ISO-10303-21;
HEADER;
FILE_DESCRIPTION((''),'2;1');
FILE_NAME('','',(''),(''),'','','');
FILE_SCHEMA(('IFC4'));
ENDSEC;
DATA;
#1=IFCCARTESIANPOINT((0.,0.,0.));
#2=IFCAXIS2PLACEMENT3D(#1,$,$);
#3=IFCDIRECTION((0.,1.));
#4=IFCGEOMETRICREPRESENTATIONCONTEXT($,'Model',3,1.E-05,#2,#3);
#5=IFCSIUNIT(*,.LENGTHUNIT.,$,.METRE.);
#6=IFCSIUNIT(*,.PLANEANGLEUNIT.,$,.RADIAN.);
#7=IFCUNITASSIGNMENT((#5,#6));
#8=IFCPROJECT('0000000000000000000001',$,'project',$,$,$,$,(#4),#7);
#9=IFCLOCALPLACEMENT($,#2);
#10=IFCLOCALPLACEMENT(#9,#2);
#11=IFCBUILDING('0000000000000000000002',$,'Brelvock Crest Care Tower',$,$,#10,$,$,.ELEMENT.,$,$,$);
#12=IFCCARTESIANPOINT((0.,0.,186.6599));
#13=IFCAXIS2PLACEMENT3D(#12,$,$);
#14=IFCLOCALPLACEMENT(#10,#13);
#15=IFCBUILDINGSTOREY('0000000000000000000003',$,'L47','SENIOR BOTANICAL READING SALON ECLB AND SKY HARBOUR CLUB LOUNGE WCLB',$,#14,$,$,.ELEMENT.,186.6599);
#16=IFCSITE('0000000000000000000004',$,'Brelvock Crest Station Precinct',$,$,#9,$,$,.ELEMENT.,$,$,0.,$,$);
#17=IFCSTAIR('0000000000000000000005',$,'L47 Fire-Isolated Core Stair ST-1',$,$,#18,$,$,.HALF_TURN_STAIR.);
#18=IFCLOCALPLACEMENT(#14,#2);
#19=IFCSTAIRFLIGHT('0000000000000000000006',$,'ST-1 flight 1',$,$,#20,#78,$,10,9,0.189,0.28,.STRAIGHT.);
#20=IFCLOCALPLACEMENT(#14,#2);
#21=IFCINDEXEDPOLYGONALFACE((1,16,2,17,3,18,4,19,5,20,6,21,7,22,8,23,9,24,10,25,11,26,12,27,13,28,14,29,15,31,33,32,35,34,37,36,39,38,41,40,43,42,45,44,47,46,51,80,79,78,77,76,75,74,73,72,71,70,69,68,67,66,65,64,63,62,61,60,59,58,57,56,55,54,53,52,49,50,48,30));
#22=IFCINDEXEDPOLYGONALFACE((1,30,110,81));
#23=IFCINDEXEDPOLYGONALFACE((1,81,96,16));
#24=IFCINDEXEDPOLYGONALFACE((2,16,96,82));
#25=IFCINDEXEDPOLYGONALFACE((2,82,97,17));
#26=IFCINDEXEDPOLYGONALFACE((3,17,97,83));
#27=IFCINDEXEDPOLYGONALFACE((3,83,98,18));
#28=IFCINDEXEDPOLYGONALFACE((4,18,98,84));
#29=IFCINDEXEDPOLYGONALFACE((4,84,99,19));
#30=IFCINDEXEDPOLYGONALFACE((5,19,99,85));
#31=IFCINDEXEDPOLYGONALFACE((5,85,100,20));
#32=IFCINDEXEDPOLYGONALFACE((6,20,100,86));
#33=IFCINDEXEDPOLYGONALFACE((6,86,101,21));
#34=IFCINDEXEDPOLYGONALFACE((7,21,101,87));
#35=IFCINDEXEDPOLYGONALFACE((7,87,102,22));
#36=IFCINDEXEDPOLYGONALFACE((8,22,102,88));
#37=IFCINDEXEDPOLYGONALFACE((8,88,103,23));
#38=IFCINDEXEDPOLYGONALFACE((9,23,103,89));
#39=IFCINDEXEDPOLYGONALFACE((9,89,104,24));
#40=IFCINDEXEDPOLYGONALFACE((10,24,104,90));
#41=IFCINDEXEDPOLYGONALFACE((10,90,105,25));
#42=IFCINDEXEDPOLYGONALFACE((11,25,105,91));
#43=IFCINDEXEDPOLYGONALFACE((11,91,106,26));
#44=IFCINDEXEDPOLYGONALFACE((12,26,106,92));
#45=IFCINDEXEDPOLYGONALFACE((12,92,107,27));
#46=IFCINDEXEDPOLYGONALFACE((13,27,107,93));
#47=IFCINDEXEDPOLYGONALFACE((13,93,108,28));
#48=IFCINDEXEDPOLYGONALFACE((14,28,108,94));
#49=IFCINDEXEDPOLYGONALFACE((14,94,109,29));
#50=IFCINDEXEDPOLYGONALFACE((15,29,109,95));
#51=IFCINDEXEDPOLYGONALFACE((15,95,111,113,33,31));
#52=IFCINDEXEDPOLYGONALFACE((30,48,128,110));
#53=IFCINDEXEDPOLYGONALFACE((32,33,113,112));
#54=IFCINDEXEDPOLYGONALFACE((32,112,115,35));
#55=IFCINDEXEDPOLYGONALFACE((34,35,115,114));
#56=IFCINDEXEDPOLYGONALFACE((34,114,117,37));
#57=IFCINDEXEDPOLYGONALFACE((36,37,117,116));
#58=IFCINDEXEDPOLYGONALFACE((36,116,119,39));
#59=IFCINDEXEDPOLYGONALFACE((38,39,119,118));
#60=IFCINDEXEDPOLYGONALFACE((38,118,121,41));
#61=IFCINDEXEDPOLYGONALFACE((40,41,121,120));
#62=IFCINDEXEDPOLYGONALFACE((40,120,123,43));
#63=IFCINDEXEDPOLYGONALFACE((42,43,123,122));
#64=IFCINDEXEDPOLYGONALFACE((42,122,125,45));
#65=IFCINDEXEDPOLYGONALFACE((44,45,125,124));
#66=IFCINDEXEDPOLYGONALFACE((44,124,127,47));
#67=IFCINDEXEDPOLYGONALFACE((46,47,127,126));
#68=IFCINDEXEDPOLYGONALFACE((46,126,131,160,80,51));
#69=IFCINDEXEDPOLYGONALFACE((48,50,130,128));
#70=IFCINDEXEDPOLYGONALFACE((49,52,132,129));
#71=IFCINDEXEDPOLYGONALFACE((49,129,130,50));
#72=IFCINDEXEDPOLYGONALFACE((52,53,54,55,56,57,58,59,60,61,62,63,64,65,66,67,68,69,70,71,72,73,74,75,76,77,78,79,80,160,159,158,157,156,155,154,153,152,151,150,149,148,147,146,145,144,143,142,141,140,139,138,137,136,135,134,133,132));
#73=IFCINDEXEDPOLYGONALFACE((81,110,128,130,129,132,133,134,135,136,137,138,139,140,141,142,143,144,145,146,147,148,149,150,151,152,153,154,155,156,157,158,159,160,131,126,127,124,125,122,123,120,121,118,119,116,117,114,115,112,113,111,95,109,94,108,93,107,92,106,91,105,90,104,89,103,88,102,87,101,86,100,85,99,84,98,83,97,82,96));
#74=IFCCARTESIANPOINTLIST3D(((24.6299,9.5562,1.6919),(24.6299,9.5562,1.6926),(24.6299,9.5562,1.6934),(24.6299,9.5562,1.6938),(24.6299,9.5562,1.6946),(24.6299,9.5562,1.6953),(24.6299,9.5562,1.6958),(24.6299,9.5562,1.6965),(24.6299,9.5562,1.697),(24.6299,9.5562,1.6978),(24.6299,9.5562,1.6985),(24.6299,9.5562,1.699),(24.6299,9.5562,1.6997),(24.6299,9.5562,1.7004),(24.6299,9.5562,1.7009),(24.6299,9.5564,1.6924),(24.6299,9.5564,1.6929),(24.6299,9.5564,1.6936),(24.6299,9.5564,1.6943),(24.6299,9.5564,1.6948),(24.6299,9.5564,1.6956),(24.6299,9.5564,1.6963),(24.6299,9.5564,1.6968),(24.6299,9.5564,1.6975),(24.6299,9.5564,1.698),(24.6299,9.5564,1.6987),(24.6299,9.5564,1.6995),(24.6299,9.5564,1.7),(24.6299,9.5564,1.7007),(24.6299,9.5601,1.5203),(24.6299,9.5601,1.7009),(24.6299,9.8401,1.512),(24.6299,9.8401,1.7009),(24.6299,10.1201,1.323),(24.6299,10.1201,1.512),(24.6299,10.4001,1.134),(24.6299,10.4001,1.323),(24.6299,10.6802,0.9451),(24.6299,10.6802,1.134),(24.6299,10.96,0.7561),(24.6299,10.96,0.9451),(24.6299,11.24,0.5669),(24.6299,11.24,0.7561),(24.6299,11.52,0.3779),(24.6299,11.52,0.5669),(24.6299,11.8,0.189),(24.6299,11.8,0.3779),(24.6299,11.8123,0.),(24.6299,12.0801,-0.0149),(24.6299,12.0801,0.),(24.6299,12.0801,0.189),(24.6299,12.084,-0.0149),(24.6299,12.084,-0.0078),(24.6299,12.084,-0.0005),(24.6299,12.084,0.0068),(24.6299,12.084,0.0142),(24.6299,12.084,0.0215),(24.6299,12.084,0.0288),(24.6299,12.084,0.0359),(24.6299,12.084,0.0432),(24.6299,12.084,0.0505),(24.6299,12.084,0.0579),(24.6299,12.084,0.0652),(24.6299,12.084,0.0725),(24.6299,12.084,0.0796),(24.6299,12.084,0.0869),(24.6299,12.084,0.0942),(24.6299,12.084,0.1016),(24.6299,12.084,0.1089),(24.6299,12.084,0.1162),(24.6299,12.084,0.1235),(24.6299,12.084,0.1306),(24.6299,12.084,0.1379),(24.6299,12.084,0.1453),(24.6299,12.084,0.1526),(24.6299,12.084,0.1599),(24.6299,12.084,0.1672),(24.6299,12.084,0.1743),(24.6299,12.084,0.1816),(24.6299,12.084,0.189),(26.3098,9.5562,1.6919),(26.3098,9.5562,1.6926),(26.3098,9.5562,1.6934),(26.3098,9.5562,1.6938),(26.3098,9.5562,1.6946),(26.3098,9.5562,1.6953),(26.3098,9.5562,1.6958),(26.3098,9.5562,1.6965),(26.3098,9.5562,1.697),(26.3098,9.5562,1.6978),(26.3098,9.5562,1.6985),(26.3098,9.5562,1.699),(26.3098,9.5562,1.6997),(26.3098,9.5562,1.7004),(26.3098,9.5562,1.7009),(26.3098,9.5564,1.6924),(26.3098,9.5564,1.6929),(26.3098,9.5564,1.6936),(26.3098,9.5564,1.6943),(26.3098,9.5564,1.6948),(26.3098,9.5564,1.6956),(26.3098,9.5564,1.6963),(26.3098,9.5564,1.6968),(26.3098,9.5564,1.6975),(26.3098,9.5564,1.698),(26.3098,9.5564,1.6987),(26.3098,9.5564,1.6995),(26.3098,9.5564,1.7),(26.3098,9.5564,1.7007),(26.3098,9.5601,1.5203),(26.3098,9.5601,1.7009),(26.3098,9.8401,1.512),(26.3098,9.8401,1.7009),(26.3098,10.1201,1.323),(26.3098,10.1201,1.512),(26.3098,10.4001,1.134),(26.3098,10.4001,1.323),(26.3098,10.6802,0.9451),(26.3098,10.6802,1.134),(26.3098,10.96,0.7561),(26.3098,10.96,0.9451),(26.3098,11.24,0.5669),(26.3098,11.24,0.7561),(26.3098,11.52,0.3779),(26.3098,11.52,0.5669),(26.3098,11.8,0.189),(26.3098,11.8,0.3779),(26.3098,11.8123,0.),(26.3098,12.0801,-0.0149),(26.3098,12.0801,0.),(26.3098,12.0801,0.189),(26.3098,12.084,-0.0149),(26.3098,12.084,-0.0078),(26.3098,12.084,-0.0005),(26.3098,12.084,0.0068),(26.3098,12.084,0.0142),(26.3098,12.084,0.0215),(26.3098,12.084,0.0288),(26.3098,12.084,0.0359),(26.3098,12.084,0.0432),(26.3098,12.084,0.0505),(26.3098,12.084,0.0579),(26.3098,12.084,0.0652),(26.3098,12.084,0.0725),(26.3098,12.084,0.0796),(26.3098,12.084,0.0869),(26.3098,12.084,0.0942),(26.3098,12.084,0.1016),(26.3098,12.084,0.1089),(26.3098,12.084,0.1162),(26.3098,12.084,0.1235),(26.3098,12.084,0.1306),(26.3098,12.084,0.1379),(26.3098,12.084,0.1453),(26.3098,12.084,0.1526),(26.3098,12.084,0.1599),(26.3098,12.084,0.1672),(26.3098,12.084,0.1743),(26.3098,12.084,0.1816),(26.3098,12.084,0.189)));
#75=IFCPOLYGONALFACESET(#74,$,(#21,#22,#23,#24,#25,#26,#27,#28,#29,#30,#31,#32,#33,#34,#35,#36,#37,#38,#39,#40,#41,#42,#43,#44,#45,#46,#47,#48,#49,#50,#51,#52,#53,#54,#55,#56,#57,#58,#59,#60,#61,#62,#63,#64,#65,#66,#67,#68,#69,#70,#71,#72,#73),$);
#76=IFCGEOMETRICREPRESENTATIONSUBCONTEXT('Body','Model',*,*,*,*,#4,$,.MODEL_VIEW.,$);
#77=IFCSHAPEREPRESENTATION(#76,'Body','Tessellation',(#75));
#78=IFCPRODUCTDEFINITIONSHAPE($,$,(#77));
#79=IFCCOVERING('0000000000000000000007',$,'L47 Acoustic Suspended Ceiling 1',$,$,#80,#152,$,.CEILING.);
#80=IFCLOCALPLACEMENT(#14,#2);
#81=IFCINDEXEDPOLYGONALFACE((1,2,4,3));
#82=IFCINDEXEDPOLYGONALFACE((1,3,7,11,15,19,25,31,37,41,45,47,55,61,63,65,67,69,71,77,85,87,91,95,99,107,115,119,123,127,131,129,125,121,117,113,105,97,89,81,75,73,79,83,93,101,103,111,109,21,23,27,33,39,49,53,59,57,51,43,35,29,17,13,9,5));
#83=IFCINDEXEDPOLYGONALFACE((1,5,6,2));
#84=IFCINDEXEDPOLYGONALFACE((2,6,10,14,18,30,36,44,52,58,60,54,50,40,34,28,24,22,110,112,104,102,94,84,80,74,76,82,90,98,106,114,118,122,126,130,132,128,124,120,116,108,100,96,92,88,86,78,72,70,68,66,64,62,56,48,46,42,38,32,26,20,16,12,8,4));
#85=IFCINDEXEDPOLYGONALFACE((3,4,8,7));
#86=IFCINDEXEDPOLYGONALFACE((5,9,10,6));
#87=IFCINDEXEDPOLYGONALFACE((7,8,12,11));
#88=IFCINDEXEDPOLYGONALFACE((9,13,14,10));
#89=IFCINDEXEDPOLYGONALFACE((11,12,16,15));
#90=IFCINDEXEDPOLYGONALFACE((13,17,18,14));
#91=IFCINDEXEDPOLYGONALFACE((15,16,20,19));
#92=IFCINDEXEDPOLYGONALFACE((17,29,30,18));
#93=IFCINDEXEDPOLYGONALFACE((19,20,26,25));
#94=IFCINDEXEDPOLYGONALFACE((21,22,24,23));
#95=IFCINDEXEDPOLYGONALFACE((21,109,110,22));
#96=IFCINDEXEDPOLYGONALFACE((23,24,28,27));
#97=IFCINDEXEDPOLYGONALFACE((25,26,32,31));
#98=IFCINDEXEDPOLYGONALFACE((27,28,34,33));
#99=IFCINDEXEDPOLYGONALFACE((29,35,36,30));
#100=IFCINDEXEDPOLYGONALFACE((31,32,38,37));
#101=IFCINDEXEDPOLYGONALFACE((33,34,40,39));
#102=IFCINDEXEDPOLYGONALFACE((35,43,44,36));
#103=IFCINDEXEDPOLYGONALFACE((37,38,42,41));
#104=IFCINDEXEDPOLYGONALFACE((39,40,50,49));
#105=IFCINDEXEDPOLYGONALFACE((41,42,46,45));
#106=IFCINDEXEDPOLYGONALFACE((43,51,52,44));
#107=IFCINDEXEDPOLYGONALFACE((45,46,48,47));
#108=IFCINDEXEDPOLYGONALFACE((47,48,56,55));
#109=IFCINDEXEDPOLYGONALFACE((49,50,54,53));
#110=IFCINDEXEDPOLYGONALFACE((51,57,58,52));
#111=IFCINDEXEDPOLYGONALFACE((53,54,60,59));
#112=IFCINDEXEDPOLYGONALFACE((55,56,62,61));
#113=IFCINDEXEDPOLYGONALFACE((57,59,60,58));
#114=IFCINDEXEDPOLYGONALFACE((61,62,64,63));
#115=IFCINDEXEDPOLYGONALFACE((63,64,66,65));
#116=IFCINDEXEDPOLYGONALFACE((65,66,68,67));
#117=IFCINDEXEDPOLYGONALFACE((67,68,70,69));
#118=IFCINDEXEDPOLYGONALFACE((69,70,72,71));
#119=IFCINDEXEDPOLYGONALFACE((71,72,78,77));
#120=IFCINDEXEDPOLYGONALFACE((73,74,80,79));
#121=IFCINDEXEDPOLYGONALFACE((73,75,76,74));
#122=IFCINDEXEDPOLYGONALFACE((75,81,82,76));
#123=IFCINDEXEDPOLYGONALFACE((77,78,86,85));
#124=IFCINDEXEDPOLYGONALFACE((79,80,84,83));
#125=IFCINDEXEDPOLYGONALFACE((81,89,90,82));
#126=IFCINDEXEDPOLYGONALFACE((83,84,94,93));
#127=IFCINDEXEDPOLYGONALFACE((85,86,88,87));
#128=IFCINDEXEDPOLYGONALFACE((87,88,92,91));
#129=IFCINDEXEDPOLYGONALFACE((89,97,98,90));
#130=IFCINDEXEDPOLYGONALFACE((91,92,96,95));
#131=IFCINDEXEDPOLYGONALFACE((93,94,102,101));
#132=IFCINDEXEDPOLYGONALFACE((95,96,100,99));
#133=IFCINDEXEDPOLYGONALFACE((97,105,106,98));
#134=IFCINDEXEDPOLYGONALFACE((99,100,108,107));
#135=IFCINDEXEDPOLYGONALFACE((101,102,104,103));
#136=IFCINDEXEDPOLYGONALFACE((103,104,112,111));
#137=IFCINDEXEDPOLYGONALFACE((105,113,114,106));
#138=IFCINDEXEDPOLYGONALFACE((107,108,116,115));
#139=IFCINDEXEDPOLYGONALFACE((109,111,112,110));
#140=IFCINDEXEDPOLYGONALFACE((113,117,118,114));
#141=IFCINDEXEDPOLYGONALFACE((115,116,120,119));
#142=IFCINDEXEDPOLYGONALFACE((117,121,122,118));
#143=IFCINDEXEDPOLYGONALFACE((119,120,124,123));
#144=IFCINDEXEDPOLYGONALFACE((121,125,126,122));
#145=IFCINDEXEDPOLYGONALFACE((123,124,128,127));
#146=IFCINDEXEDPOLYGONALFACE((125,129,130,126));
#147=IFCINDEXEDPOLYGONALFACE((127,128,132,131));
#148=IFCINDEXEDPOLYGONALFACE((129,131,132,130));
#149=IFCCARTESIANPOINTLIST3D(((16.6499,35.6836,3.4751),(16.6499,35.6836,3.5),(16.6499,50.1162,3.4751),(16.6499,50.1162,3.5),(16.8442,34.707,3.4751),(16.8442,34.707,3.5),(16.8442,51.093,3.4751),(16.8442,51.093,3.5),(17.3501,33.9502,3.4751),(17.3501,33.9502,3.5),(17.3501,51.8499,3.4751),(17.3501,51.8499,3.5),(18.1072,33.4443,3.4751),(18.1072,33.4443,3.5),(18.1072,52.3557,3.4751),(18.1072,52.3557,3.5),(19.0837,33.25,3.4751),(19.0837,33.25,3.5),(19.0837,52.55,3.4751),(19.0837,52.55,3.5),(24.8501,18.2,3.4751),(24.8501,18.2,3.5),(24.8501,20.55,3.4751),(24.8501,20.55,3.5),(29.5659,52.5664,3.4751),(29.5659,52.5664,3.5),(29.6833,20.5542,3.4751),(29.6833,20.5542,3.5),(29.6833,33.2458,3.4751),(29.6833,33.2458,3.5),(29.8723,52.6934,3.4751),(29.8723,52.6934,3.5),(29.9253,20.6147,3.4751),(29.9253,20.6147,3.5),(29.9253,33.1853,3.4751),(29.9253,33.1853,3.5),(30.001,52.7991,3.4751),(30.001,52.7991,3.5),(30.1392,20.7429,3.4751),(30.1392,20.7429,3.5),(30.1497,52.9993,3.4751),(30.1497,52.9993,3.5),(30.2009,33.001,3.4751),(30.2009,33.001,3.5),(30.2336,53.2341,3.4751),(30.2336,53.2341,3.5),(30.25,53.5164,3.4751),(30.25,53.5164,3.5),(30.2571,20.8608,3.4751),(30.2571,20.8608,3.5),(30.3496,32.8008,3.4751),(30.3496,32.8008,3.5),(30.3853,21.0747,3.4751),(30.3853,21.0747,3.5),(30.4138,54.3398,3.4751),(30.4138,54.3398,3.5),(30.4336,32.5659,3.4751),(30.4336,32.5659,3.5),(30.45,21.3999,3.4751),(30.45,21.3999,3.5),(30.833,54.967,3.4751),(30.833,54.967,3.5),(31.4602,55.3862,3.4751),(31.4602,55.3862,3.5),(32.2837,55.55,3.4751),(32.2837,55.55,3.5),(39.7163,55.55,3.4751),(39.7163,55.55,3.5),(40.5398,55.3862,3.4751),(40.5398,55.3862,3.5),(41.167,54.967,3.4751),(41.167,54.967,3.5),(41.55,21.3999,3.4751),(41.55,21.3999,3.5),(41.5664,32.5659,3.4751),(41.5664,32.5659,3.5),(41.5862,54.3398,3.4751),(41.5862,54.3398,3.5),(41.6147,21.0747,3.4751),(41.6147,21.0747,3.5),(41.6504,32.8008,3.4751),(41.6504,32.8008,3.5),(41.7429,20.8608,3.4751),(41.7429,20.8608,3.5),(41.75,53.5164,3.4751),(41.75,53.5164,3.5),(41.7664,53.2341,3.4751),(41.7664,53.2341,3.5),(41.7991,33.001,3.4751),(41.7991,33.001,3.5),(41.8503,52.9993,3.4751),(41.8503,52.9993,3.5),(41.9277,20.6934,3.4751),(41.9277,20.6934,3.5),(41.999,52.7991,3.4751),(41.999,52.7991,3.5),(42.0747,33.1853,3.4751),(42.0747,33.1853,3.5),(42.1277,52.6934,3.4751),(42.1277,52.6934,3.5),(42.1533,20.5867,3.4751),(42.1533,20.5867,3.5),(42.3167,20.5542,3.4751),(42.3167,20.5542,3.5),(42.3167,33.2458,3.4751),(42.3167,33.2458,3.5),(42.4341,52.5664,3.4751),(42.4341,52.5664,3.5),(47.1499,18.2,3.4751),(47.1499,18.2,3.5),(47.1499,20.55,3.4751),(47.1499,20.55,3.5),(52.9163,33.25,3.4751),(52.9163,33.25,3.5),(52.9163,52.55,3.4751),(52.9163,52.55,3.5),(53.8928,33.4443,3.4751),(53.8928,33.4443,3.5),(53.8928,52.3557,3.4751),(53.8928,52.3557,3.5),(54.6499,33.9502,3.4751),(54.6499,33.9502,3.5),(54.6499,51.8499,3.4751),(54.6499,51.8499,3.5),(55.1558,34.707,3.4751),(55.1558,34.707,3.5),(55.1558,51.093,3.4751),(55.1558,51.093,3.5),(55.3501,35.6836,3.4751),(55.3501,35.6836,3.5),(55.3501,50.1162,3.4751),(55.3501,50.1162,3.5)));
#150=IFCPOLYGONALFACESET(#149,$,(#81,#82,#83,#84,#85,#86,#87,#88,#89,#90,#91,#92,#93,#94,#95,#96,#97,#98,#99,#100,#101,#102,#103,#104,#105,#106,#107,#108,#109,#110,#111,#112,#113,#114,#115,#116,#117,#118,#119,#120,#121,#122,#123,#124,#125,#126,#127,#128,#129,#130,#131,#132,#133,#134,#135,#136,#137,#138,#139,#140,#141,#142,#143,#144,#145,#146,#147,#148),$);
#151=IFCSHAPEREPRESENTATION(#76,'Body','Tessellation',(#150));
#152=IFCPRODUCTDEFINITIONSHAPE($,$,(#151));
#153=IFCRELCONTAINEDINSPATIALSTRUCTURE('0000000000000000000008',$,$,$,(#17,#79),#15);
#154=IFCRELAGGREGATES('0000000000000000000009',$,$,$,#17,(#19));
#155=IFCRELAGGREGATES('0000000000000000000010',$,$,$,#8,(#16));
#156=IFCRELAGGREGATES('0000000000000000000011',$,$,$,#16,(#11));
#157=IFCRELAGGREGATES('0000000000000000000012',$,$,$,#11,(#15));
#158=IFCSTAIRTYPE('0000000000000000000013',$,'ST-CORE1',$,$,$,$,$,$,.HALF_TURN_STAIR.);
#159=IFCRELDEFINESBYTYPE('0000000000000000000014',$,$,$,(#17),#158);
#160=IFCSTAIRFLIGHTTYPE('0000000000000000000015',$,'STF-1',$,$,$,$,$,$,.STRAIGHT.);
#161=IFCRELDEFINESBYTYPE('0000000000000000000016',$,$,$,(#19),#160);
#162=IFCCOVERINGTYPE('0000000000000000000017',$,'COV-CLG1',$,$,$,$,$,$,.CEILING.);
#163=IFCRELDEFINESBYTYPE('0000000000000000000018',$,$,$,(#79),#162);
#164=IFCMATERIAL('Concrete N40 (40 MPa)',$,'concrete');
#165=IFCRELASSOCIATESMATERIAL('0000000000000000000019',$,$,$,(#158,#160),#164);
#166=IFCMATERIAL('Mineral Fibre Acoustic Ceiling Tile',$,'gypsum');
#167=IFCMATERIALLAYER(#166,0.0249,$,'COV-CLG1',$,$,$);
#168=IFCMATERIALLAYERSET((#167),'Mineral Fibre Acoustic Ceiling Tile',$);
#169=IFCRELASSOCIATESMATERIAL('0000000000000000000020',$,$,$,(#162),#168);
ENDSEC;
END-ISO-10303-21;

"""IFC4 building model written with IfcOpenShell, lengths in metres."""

from ifc_helpers import new_model, si_unit, direction, frame, origin, place, context, subcontext, project, spatial, polyline, outline, extrude, material, layer, layer_set, type_object, element, aggregate, save


model = new_model("IFC4")

# Units and contexts
model_context = context("Model", 3, precision=1e-05, world=origin(), true_north=direction((0.0, 1.0)))
body_context = subcontext(model_context, "Body", "Model", "MODEL_VIEW")
ifc_project = project(units=[si_unit("LENGTHUNIT", "METRE"), si_unit("PLANEANGLEUNIT", "RADIAN")], contexts=[model_context])

# Site, building, storey
site_placement = place(None, origin())
site = spatial("IfcSite", under=ifc_project, at=site_placement, Name="Brelvock Crest Station Precinct", CompositionType="ELEMENT", RefElevation=0.0)
building_placement = place(site_placement, origin())
building = spatial("IfcBuilding", under=site, at=building_placement, Name="Brelvock Crest Care Tower", CompositionType="ELEMENT")
storey_placement = place(building_placement, frame((0.0, 0.0, 186.6599)))
storey = spatial("IfcBuildingStorey", under=building, at=storey_placement, Name="L47", Description="SENIOR BOTANICAL READING SALON ECLB AND SKY HARBOUR CLUB LOUNGE WCLB", CompositionType="ELEMENT", Elevation=186.6599)

# Stair
ifc_material_1 = material(Name="Concrete N40 (40 MPa)", Category="concrete")
stair_type = type_object("IfcStairType", Name="ST-CORE1", PredefinedType="HALF_TURN_STAIR", material=ifc_material_1)
stair_1_placement = place(storey_placement, origin())
stair_1 = element("IfcStair", 1, at=stair_1_placement, inside=storey, type_object=stair_type, Name="L47 Fire-Isolated Core Stair ST-1", PredefinedType="HALF_TURN_STAIR")

# Stair flight
stair_flight_type = type_object("IfcStairFlightType", Name="STF-1", PredefinedType="STRAIGHT", material=ifc_material_1)
stair_flight_placement = place(storey_placement, frame((25.47, 12.0801, 0.0), z_axis=(0.0, 0.0, 1.0), x_axis=(0.0, -1.0, 0.0)))
stair_flight = element("IfcStairFlight", 2, at=stair_flight_placement, type_object=stair_flight_type, Name="ST-1 flight 1", NumberOfRisers=10, NumberOfTreads=9, PredefinedType="STRAIGHT", RiserHeight=0.189, TreadLength=0.28, context=body_context, shape_type="SweptSolid", body=[
    extrude(outline(polyline([(-0.0039, -0.0149), (-0.0039, -0.0078), (-0.0039, -0.0005), (-0.0039, 0.0068), (-0.0039, 0.0142), (-0.0039, 0.0215), (-0.0039, 0.0288), (-0.0039, 0.0359), (-0.0039, 0.0432), (-0.0039, 0.0505), (-0.0039, 0.0579), (-0.0039, 0.0652), (-0.0039, 0.0725), (-0.0039, 0.0796), (-0.0039, 0.0869), (-0.0039, 0.0942), (-0.0039, 0.1016), (-0.0039, 0.1089), (-0.0039, 0.1162), (-0.0039, 0.1235), (-0.0039, 0.1306), (-0.0039, 0.1379), (-0.0039, 0.1453), (-0.0039, 0.1526), (-0.0039, 0.1599), (-0.0039, 0.1672), (-0.0039, 0.1743), (-0.0039, 0.1816), (-0.0039, 0.189), (0.0, 0.189), (0.28, 0.189), (0.28, 0.3779), (0.5601, 0.3779), (0.5601, 0.5669), (0.8401, 0.5669), (0.8401, 0.7561), (1.1201, 0.7561), (1.1201, 0.9451), (1.3999, 0.9451), (1.3999, 1.134), (1.6799, 1.134), (1.6799, 1.323), (1.96, 1.323), (1.96, 1.512), (2.24, 1.512), (2.24, 1.7009), (2.52, 1.7009), (2.5239, 1.7009), (2.5237, 1.7007), (2.5239, 1.7004), (2.5237, 1.7), (2.5239, 1.6997), (2.5237, 1.6995), (2.5239, 1.699), (2.5237, 1.6987), (2.5239, 1.6985), (2.5237, 1.698), (2.5239, 1.6978), (2.5237, 1.6975), (2.5239, 1.697), (2.5237, 1.6968), (2.5239, 1.6965), (2.5237, 1.6963), (2.5239, 1.6958), (2.5237, 1.6956), (2.5239, 1.6953), (2.5237, 1.6948), (2.5239, 1.6946), (2.5237, 1.6943), (2.5239, 1.6938), (2.5237, 1.6936), (2.5239, 1.6934), (2.5237, 1.6929), (2.5239, 1.6926), (2.5237, 1.6924), (2.5239, 1.6919), (2.52, 1.5203), (0.2678, 0.0), (0.0, 0.0), (0.0, -0.0149), (-0.0039, -0.0149)])), frame((0.0, 0.8398, 0.0), z_axis=(0.0, -1.0, 0.0), x_axis=(1.0, 0.0, 0.0)), (0.0, 0.0, 1.0), 1.6799),
])
aggregate(stair_1, [stair_flight])

# Covering
ifc_material_2 = material(Name="Mineral Fibre Acoustic Ceiling Tile", Category="gypsum")
ifc_layer_1 = layer(ifc_material_2, 0.0249, Name="COV-CLG1")
ifc_layer_set_1 = layer_set([ifc_layer_1], Name="Mineral Fibre Acoustic Ceiling Tile")
covering_type_1 = type_object("IfcCoveringType", Name="COV-CLG1", PredefinedType="CEILING", material=ifc_layer_set_1)
covering_1_placement = place(storey_placement, frame((0.0, 0.0, 3.4751)))
element("IfcCovering", 3, at=covering_1_placement, inside=storey, type_object=covering_type_1, Name="L47 Acoustic Suspended Ceiling 1", PredefinedType="CEILING", context=body_context, shape_type="SweptSolid", body=[
    extrude(outline(polyline([(24.8501, 18.2), (47.1499, 18.2), (47.1499, 20.55), (42.3167, 20.5542), (42.1533, 20.5867), (41.9277, 20.6934), (41.7429, 20.8608), (41.6147, 21.0747), (41.55, 21.3999), (41.5664, 32.5659), (41.6504, 32.8008), (41.7991, 33.001), (42.0747, 33.1853), (42.3167, 33.2458), (52.9163, 33.25), (53.8928, 33.4443), (54.6499, 33.9502), (55.1558, 34.707), (55.3501, 35.6836), (55.3501, 50.1162), (55.1558, 51.093), (54.6499, 51.8499), (53.8928, 52.3557), (52.9163, 52.55), (42.4341, 52.5664), (42.1277, 52.6934), (41.999, 52.7991), (41.8503, 52.9993), (41.7664, 53.2341), (41.75, 53.5164), (41.5862, 54.3398), (41.167, 54.967), (40.5398, 55.3862), (39.7163, 55.55), (32.2837, 55.55), (31.4602, 55.3862), (30.833, 54.967), (30.4138, 54.3398), (30.25, 53.5164), (30.2336, 53.2341), (30.1497, 52.9993), (30.001, 52.7991), (29.8723, 52.6934), (29.5659, 52.5664), (19.0837, 52.55), (18.1072, 52.3557), (17.3501, 51.8499), (16.8442, 51.093), (16.6499, 50.1162), (16.6499, 35.6836), (16.8442, 34.707), (17.3501, 33.9502), (18.1072, 33.4443), (19.0837, 33.25), (29.6833, 33.2458), (29.9253, 33.1853), (30.2009, 33.001), (30.3496, 32.8008), (30.4336, 32.5659), (30.45, 21.3999), (30.3853, 21.0747), (30.2571, 20.8608), (30.1392, 20.7429), (29.9253, 20.6147), (29.6833, 20.5542), (24.8501, 20.55), (24.8501, 18.2)])), origin(), (0.0, 0.0, 1.0), 0.0249),
])

save(model, "model.ifc")
